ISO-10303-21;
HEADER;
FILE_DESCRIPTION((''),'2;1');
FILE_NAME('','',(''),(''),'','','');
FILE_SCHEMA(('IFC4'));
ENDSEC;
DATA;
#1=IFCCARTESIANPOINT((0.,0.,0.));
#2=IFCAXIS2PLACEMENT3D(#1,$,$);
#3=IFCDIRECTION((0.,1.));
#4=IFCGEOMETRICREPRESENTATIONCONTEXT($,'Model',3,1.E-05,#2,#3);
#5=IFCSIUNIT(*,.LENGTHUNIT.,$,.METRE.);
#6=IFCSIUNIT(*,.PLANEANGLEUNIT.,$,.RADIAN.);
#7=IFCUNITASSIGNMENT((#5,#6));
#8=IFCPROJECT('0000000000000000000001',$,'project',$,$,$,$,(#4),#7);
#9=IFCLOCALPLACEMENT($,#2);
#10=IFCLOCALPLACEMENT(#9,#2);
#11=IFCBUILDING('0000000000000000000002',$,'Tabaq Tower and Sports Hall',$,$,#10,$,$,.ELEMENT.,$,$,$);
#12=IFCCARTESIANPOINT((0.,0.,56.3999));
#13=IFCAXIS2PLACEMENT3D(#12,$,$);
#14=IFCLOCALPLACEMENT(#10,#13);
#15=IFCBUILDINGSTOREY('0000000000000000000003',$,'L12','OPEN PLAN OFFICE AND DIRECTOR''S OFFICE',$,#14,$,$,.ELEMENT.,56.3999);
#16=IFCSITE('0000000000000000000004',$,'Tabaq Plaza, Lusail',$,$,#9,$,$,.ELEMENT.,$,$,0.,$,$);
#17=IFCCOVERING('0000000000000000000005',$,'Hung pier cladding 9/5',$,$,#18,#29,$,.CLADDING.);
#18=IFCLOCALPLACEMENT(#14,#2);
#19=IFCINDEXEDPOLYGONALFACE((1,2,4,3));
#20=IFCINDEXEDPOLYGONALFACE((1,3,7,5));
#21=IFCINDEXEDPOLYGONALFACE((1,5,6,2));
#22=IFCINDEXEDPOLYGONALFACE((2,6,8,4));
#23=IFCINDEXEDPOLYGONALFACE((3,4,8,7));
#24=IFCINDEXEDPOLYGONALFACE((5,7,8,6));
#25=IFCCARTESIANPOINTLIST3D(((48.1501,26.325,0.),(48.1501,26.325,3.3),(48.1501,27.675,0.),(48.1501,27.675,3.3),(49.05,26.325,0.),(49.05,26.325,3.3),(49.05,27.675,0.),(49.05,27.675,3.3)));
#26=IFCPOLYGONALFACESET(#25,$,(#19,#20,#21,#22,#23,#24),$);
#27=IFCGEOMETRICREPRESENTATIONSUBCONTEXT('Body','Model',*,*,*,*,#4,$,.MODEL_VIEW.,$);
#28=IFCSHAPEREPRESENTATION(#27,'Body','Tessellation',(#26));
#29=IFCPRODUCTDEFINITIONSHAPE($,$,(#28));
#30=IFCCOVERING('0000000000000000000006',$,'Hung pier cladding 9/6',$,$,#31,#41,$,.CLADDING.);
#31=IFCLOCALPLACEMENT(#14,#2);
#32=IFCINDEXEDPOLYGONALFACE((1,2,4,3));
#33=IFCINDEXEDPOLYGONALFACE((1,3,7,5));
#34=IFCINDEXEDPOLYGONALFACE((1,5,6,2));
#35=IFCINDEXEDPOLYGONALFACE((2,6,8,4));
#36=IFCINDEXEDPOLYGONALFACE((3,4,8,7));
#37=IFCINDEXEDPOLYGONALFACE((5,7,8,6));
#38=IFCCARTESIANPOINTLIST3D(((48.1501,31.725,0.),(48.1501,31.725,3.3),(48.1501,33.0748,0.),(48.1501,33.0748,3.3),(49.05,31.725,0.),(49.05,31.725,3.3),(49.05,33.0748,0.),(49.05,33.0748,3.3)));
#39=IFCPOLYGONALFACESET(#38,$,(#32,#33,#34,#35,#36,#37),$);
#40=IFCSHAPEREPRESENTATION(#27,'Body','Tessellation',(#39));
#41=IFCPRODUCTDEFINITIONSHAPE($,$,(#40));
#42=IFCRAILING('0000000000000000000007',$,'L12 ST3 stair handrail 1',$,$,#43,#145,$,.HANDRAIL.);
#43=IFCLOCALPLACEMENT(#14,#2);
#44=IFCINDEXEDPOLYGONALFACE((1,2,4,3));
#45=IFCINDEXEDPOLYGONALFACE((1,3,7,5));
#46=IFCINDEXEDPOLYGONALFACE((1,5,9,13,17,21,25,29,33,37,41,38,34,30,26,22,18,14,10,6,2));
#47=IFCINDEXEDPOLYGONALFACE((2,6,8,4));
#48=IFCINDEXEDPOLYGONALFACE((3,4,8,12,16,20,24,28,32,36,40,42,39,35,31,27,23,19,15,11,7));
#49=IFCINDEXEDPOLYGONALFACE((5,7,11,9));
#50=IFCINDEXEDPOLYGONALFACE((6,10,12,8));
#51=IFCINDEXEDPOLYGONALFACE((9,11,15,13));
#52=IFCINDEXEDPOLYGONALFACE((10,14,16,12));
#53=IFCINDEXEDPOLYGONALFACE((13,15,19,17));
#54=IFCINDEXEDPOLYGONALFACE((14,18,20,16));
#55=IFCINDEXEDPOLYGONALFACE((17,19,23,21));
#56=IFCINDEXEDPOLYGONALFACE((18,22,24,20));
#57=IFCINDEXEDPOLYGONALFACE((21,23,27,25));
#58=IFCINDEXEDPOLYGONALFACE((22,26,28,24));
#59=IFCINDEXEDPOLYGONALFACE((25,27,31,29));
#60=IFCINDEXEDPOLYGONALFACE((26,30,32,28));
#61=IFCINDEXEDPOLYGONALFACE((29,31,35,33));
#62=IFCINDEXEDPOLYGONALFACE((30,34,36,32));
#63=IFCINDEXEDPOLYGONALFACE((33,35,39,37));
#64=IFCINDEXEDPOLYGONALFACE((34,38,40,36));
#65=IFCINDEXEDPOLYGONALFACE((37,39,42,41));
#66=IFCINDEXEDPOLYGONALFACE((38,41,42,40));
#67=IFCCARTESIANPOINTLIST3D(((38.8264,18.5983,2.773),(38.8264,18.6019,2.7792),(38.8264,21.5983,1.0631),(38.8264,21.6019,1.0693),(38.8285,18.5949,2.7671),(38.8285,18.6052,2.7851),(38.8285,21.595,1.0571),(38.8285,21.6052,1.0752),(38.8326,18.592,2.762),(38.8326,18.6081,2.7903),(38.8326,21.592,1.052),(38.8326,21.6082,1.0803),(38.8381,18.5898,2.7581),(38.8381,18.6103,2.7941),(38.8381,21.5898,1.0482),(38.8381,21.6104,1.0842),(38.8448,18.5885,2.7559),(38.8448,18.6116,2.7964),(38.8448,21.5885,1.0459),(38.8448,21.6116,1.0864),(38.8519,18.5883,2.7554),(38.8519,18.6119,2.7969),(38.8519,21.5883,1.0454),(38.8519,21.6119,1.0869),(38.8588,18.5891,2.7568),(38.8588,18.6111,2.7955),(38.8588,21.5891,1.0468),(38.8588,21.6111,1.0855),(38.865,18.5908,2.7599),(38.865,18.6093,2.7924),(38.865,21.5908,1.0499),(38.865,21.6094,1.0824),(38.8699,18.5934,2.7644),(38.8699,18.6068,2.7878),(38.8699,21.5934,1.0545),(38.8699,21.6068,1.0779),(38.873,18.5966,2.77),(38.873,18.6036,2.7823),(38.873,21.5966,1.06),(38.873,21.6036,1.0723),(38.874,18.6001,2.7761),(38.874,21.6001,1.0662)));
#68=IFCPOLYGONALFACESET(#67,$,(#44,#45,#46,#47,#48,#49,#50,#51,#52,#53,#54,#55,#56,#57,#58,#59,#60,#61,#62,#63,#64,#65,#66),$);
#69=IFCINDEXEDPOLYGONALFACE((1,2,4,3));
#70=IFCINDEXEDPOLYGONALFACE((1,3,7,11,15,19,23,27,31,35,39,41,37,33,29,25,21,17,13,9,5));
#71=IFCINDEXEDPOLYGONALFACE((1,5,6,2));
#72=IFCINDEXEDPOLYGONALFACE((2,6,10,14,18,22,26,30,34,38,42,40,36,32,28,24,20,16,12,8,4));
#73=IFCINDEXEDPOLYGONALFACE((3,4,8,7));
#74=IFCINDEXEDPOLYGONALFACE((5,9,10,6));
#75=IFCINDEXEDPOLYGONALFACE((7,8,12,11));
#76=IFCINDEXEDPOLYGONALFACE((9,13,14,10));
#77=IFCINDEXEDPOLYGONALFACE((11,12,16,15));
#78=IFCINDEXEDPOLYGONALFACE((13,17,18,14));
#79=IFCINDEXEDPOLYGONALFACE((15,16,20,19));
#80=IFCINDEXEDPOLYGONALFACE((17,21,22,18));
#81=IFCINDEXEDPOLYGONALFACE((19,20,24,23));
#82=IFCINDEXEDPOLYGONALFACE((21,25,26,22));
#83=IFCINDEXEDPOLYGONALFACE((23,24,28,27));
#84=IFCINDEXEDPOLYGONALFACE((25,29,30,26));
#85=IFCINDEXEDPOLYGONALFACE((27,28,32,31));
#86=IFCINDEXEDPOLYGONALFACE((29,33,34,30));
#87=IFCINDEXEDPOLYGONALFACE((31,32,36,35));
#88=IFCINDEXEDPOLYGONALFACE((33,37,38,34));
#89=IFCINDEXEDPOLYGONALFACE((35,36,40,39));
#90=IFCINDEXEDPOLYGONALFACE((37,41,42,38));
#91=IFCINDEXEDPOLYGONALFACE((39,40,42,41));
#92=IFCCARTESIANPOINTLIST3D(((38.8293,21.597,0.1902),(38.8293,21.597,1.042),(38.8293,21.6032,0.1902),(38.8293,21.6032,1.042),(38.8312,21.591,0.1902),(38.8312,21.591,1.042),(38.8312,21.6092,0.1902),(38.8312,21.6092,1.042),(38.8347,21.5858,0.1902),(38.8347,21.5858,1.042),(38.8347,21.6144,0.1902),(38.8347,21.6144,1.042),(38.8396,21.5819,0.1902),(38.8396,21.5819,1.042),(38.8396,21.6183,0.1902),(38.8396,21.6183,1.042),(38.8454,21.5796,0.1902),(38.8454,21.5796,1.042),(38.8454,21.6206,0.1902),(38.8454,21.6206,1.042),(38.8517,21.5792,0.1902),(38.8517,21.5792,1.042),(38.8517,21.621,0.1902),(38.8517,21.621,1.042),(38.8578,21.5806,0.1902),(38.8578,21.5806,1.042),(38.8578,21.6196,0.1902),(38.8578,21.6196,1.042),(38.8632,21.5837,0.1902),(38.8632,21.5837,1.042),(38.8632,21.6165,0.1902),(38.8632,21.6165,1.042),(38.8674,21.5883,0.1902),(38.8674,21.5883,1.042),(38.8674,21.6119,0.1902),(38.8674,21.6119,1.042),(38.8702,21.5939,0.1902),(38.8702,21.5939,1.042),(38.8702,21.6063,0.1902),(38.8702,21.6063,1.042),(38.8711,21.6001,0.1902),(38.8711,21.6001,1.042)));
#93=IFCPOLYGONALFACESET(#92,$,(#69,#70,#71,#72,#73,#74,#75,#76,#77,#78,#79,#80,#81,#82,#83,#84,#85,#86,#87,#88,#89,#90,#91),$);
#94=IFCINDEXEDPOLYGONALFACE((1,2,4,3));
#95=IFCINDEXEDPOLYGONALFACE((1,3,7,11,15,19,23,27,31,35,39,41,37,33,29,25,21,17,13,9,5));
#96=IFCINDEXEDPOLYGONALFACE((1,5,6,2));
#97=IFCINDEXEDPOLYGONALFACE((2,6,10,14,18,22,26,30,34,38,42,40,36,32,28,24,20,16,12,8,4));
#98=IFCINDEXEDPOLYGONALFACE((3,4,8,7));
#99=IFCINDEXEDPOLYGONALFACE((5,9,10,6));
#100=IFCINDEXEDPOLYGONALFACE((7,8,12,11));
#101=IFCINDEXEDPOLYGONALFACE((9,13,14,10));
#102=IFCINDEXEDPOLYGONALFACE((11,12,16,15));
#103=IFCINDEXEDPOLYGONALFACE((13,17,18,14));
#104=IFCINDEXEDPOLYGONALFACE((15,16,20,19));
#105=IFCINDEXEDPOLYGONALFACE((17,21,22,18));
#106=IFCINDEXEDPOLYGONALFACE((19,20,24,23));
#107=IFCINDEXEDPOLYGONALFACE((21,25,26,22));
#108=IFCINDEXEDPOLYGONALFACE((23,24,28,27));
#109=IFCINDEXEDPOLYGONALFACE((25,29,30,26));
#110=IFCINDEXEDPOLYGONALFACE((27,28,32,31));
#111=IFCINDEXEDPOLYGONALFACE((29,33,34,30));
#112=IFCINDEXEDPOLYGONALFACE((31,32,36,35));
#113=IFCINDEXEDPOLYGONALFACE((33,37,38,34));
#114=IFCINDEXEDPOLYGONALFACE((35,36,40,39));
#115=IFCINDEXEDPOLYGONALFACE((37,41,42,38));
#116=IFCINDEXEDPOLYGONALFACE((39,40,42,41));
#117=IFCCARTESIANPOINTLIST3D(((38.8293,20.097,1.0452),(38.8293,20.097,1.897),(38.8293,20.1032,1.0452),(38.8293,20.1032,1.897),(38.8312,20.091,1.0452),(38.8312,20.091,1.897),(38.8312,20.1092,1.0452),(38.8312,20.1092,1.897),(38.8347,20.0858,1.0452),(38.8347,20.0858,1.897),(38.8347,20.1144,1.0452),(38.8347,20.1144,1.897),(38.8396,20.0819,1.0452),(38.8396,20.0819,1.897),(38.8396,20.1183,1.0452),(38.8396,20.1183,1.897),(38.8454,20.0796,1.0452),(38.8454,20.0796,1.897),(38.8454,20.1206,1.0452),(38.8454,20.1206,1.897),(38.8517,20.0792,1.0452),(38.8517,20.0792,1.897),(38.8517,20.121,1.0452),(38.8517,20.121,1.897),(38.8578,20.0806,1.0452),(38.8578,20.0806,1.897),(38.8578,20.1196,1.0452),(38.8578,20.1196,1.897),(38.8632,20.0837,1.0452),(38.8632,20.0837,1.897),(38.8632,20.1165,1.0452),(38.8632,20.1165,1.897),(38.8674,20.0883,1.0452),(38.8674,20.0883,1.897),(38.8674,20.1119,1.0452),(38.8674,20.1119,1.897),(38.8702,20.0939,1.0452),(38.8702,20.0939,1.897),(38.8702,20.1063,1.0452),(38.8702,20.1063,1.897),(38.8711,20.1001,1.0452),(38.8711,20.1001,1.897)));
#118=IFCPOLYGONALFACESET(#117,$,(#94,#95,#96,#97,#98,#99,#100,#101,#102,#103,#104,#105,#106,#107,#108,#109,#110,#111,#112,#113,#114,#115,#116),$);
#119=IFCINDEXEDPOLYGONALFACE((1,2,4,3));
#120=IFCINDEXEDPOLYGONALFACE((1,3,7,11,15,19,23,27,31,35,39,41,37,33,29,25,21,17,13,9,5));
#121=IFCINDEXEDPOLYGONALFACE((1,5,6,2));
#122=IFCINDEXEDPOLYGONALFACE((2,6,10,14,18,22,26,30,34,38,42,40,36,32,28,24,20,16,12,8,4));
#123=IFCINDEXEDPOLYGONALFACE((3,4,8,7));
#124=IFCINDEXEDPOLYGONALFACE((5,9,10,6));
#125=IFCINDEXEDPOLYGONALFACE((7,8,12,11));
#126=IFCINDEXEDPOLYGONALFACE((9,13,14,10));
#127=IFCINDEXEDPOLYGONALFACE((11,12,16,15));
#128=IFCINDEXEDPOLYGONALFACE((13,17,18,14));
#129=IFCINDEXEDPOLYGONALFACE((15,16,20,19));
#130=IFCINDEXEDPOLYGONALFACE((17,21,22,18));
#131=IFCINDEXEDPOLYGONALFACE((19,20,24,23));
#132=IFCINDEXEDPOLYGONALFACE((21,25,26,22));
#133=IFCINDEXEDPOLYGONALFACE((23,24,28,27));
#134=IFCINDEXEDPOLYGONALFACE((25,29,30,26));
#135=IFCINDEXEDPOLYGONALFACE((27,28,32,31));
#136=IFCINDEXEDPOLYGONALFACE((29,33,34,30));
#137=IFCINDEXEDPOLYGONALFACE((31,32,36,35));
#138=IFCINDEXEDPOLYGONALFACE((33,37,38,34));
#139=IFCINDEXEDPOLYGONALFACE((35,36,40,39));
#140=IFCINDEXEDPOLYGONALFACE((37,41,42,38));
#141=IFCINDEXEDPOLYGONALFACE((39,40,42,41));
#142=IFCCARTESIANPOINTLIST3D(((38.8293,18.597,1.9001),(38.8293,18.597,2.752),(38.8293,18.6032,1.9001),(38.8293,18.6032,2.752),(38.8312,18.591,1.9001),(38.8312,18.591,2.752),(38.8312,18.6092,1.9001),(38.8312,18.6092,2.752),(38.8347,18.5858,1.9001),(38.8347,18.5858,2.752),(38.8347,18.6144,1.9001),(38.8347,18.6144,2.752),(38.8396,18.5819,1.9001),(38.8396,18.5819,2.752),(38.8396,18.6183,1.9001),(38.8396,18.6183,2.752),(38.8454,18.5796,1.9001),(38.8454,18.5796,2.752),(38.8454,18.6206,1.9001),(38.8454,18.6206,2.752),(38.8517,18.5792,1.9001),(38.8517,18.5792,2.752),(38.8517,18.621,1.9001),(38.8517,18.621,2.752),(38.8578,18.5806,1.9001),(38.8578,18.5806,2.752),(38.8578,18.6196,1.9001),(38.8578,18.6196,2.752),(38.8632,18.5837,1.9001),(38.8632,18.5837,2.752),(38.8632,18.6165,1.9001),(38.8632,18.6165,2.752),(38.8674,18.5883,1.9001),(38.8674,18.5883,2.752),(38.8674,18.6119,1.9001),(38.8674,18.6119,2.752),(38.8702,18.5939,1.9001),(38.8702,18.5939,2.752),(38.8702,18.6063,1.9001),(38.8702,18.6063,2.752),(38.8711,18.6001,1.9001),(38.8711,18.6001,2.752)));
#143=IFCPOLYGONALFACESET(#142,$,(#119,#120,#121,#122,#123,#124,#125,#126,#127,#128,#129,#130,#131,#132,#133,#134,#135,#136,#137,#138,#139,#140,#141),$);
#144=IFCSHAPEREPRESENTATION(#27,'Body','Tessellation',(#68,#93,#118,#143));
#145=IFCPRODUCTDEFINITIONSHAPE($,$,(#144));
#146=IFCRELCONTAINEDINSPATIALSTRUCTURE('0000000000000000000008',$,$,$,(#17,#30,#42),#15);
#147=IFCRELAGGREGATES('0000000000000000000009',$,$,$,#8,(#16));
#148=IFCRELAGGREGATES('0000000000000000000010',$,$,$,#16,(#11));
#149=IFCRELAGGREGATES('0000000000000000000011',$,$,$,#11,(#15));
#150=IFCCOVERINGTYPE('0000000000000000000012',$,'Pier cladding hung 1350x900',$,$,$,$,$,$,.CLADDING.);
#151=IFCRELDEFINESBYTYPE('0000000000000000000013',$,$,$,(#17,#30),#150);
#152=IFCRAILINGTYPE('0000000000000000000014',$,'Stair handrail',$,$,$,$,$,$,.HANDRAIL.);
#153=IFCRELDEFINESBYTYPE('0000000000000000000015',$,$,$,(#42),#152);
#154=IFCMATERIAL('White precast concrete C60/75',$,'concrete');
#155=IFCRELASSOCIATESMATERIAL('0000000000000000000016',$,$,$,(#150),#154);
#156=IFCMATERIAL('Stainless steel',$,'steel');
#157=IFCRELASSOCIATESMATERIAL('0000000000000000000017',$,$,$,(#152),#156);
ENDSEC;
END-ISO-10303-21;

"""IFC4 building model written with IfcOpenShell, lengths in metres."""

from ifc_helpers import new_model, si_unit, direction, frame, frame_2d, origin, origin_2d, place, context, subcontext, project, spatial, rectangle, circle, extrude, material, type_object, element, save


model = new_model("IFC4")

# Units and contexts
model_context = context("Model", 3, precision=1e-05, world=origin(), true_north=direction((0.0, 1.0)))
body_context = subcontext(model_context, "Body", "Model", "MODEL_VIEW")
ifc_project = project(units=[si_unit("LENGTHUNIT", "METRE"), si_unit("PLANEANGLEUNIT", "RADIAN")], contexts=[model_context])

# Site, building, storey
site_placement = place(None, origin())
site = spatial("IfcSite", under=ifc_project, at=site_placement, Name="Tabaq Plaza, Lusail", CompositionType="ELEMENT", RefElevation=0.0)
building_placement = place(site_placement, origin())
building = spatial("IfcBuilding", under=site, at=building_placement, Name="Tabaq Tower and Sports Hall", CompositionType="ELEMENT")
storey_placement = place(building_placement, frame((0.0, 0.0, 56.3999)))
storey = spatial("IfcBuildingStorey", under=building, at=storey_placement, Name="L12", Description="OPEN PLAN OFFICE AND DIRECTOR'S OFFICE", CompositionType="ELEMENT", Elevation=56.3999)

# Coverings
ifc_material_1 = material(Name="White precast concrete C60/75", Category="concrete")
covering_type_1 = type_object("IfcCoveringType", Name="Pier cladding hung 1350x900", PredefinedType="CLADDING", material=ifc_material_1)
covering_1_placement = place(storey_placement, frame((48.6001, 26.325, 0.0), z_axis=(0.0, 0.0, 1.0), x_axis=(0.0, 1.0, 0.0)))
element("IfcCovering", 1, at=covering_1_placement, inside=storey, type_object=covering_type_1, Name="Hung pier cladding 9/5", PredefinedType="CLADDING", context=body_context, shape_type="SweptSolid", body=[
    extrude(rectangle(XDim=1.3501, YDim=0.8999, at=frame_2d((0.675, 0.0))), origin(), (0.0, 0.0, 1.0), 3.3),
])
covering_2_placement = place(storey_placement, frame((48.6001, 31.7251, 0.0), z_axis=(0.0, 0.0, 1.0), x_axis=(0.0, 1.0, 0.0)))
element("IfcCovering", 2, at=covering_2_placement, inside=storey, type_object=covering_type_1, Name="Hung pier cladding 9/6", PredefinedType="CLADDING", context=body_context, shape_type="SweptSolid", body=[
    extrude(rectangle(XDim=1.3499, YDim=0.8999, at=frame_2d((0.6748, 0.0))), origin(), (0.0, 0.0, 1.0), 3.3),
])

# Railing
ifc_material_2 = material(Name="Stainless steel", Category="steel")
railing_type_1 = type_object("IfcRailingType", Name="Stair handrail", PredefinedType="HANDRAIL", material=ifc_material_2)
railing_1_placement = place(storey_placement, frame((38.8501, 21.6001, 0.1902)))
element("IfcRailing", 3, at=railing_1_placement, inside=storey, type_object=railing_type_1, Name="L12 ST3 stair handrail 1", PredefinedType="HANDRAIL", context=body_context, shape_type="SweptSolid", body=[
    extrude(circle(Radius=0.0239, at=origin_2d()), frame((0.0, 0.0, 0.876), z_axis=(0.0, -0.868782, 0.495195), x_axis=(1.0, 0.0, 0.0)), (0.0, 0.0, 1.0), 3.4531),
    extrude(circle(Radius=0.021, at=origin_2d()), origin(), (0.0, 0.0, 1.0), 0.8518),
    extrude(circle(Radius=0.021, at=origin_2d()), frame((0.0, -1.5, 0.855)), (0.0, 0.0, 1.0), 0.8518),
    extrude(circle(Radius=0.021, at=origin_2d()), frame((0.0, -3.0, 1.71)), (0.0, 0.0, 1.0), 0.8518),
])

save(model, "model.ifc")
